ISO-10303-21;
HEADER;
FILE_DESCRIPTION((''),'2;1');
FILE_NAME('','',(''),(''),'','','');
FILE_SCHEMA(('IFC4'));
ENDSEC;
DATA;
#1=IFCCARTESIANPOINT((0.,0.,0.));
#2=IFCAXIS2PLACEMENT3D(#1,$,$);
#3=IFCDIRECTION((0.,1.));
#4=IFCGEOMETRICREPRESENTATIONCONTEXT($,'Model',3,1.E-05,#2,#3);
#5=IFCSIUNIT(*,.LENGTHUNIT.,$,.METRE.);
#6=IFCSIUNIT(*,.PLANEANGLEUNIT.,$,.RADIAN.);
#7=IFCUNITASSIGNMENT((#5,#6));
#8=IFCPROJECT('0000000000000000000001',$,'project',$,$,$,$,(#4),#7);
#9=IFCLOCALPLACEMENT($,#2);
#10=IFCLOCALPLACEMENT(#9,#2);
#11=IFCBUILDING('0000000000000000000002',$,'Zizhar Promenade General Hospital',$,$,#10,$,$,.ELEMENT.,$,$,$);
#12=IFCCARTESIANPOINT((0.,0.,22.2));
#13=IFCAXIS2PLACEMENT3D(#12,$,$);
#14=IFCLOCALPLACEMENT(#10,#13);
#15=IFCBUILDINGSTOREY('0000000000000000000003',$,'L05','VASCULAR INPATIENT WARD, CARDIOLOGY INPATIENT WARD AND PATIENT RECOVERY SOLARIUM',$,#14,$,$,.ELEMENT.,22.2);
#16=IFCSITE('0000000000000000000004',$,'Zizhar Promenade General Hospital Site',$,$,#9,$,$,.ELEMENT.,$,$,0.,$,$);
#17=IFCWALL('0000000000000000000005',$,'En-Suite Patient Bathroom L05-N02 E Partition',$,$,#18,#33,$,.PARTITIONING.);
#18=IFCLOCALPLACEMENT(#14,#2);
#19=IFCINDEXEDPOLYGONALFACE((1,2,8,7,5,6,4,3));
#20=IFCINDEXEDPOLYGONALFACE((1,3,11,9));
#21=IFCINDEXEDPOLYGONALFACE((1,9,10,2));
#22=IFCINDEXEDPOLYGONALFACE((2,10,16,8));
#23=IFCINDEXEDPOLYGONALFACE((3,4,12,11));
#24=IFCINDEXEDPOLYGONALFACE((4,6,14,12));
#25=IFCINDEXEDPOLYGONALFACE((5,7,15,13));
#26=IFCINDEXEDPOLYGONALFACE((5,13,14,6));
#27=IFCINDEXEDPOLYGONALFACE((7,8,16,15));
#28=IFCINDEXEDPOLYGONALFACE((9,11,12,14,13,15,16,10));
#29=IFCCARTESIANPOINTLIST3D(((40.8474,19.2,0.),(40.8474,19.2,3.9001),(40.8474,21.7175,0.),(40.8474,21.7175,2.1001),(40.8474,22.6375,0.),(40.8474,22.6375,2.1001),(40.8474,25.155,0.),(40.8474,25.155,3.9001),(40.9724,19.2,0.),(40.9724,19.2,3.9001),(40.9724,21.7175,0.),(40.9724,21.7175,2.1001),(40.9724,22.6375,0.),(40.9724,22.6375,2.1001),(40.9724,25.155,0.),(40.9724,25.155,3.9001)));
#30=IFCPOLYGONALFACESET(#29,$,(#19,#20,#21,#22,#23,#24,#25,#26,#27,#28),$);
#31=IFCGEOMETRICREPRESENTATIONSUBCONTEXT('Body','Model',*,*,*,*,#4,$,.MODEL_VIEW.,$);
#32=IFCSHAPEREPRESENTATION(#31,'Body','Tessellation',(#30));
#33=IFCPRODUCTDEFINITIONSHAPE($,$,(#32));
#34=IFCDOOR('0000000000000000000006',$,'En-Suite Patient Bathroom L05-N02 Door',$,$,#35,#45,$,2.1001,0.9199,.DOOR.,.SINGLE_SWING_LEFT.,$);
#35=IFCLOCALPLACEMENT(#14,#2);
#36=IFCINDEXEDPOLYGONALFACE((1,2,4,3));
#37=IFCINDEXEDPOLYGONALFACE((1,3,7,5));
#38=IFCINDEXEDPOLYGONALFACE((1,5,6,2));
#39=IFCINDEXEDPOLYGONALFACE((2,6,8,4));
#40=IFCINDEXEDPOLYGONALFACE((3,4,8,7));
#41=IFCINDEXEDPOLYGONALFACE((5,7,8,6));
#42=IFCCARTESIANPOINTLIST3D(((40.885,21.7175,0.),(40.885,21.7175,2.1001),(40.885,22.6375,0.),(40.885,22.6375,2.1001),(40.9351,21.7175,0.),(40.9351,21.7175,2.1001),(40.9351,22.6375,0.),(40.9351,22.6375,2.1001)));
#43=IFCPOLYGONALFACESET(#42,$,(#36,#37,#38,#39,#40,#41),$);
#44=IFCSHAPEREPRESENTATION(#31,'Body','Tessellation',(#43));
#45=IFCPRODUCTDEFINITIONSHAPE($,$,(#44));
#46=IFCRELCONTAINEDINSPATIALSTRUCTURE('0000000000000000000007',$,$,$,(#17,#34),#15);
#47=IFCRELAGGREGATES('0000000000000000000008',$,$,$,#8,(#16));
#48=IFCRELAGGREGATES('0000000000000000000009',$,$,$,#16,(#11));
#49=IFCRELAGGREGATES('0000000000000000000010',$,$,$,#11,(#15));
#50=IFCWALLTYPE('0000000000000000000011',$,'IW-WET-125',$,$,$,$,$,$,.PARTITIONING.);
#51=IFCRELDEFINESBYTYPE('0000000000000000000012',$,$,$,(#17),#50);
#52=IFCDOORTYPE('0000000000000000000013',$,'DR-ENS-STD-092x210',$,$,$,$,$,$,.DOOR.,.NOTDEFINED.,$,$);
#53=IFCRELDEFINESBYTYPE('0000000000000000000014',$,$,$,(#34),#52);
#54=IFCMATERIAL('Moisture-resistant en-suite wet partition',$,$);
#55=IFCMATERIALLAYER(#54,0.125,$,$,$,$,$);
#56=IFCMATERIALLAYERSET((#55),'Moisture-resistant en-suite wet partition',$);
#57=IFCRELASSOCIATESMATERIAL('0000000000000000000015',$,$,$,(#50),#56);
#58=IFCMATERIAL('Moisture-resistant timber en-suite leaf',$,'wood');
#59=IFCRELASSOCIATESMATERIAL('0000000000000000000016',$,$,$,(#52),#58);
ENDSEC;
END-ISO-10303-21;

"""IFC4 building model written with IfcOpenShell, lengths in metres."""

from ifc_helpers import new_model, si_unit, direction, frame, frame_2d, origin, place, context, subcontext, project, spatial, rectangle, extrude, material, layer, layer_set, type_object, element, fill, save


model = new_model("IFC4")

# Units and contexts
model_context = context("Model", 3, precision=1e-05, world=origin(), true_north=direction((0.0, 1.0)))
body_context = subcontext(model_context, "Body", "Model", "MODEL_VIEW")
ifc_project = project(units=[si_unit("LENGTHUNIT", "METRE"), si_unit("PLANEANGLEUNIT", "RADIAN")], contexts=[model_context])

# Site, building, storey
site_placement = place(None, origin())
site = spatial("IfcSite", under=ifc_project, at=site_placement, Name="Zizhar Promenade General Hospital Site", CompositionType="ELEMENT", RefElevation=0.0)
building_placement = place(site_placement, origin())
building = spatial("IfcBuilding", under=site, at=building_placement, Name="Zizhar Promenade General Hospital", CompositionType="ELEMENT")
storey_placement = place(building_placement, frame((0.0, 0.0, 22.2)))
storey = spatial("IfcBuildingStorey", under=building, at=storey_placement, Name="L05", Description="VASCULAR INPATIENT WARD, CARDIOLOGY INPATIENT WARD AND PATIENT RECOVERY SOLARIUM", CompositionType="ELEMENT", Elevation=22.2)

# Shared definitions
ifc_material_1 = material(Name="Moisture-resistant en-suite wet partition")
ifc_layer_1 = layer(ifc_material_1, 0.125)
ifc_layer_set_1 = layer_set([ifc_layer_1], Name="Moisture-resistant en-suite wet partition")
wall_type_1 = type_object("IfcWallType", Name="IW-WET-125", PredefinedType="PARTITIONING", material=ifc_layer_set_1)

# Wall, opening, door
wall_1_placement = place(storey_placement, frame((40.9099, 19.2, 0.0), z_axis=(0.0, 0.0, 1.0), x_axis=(0.0, 1.0, 0.0)))
wall_1 = element("IfcWall", 1, at=wall_1_placement, inside=storey, type_object=wall_type_1, Name="En-Suite Patient Bathroom L05-N02 E Partition", PredefinedType="PARTITIONING", context=body_context, shape_type="SweptSolid", body=[
    extrude(rectangle(XDim=5.9551, YDim=0.125, at=frame_2d((2.9775, 0.0))), origin(), (0.0, 0.0, 1.0), 3.9001),
])
opening_1_placement = place(wall_1_placement, frame((2.5176, 0.0, 0.0)))
opening_1 = element("IfcOpeningElement", 2, at=opening_1_placement, cuts=wall_1, PredefinedType="OPENING", context=body_context, shape_type="SweptSolid", body=[
    extrude(rectangle(XDim=0.9199, YDim=2.1001, at=frame_2d((0.46, 1.05))), frame((0.0, 0.0725, 0.0), z_axis=(0.0, -1.0, 0.0), x_axis=(1.0, 0.0, 0.0)), (0.0, 0.0, 1.0), 0.145),
])
ifc_material_2 = material(Name="Moisture-resistant timber en-suite leaf", Category="wood")
door_type_1 = type_object("IfcDoorType", Name="DR-ENS-STD-092x210", OperationType="NOTDEFINED", PredefinedType="DOOR", material=ifc_material_2)
door_1_placement = place(opening_1_placement, origin())
door_1 = element("IfcDoor", 3, at=door_1_placement, inside=storey, type_object=door_type_1, Name="En-Suite Patient Bathroom L05-N02 Door", OperationType="SINGLE_SWING_LEFT", OverallHeight=2.1001, OverallWidth=0.9199, PredefinedType="DOOR", context=body_context, shape_type="SweptSolid", body=[
    extrude(rectangle(XDim=0.9199, YDim=2.1001, at=frame_2d((0.46, 1.05))), frame((0.0, 0.0249, 0.0), z_axis=(0.0, -1.0, 0.0), x_axis=(1.0, 0.0, 0.0)), (0.0, 0.0, 1.0), 0.05),
])
fill(opening_1, door_1)

save(model, "model.ifc")
